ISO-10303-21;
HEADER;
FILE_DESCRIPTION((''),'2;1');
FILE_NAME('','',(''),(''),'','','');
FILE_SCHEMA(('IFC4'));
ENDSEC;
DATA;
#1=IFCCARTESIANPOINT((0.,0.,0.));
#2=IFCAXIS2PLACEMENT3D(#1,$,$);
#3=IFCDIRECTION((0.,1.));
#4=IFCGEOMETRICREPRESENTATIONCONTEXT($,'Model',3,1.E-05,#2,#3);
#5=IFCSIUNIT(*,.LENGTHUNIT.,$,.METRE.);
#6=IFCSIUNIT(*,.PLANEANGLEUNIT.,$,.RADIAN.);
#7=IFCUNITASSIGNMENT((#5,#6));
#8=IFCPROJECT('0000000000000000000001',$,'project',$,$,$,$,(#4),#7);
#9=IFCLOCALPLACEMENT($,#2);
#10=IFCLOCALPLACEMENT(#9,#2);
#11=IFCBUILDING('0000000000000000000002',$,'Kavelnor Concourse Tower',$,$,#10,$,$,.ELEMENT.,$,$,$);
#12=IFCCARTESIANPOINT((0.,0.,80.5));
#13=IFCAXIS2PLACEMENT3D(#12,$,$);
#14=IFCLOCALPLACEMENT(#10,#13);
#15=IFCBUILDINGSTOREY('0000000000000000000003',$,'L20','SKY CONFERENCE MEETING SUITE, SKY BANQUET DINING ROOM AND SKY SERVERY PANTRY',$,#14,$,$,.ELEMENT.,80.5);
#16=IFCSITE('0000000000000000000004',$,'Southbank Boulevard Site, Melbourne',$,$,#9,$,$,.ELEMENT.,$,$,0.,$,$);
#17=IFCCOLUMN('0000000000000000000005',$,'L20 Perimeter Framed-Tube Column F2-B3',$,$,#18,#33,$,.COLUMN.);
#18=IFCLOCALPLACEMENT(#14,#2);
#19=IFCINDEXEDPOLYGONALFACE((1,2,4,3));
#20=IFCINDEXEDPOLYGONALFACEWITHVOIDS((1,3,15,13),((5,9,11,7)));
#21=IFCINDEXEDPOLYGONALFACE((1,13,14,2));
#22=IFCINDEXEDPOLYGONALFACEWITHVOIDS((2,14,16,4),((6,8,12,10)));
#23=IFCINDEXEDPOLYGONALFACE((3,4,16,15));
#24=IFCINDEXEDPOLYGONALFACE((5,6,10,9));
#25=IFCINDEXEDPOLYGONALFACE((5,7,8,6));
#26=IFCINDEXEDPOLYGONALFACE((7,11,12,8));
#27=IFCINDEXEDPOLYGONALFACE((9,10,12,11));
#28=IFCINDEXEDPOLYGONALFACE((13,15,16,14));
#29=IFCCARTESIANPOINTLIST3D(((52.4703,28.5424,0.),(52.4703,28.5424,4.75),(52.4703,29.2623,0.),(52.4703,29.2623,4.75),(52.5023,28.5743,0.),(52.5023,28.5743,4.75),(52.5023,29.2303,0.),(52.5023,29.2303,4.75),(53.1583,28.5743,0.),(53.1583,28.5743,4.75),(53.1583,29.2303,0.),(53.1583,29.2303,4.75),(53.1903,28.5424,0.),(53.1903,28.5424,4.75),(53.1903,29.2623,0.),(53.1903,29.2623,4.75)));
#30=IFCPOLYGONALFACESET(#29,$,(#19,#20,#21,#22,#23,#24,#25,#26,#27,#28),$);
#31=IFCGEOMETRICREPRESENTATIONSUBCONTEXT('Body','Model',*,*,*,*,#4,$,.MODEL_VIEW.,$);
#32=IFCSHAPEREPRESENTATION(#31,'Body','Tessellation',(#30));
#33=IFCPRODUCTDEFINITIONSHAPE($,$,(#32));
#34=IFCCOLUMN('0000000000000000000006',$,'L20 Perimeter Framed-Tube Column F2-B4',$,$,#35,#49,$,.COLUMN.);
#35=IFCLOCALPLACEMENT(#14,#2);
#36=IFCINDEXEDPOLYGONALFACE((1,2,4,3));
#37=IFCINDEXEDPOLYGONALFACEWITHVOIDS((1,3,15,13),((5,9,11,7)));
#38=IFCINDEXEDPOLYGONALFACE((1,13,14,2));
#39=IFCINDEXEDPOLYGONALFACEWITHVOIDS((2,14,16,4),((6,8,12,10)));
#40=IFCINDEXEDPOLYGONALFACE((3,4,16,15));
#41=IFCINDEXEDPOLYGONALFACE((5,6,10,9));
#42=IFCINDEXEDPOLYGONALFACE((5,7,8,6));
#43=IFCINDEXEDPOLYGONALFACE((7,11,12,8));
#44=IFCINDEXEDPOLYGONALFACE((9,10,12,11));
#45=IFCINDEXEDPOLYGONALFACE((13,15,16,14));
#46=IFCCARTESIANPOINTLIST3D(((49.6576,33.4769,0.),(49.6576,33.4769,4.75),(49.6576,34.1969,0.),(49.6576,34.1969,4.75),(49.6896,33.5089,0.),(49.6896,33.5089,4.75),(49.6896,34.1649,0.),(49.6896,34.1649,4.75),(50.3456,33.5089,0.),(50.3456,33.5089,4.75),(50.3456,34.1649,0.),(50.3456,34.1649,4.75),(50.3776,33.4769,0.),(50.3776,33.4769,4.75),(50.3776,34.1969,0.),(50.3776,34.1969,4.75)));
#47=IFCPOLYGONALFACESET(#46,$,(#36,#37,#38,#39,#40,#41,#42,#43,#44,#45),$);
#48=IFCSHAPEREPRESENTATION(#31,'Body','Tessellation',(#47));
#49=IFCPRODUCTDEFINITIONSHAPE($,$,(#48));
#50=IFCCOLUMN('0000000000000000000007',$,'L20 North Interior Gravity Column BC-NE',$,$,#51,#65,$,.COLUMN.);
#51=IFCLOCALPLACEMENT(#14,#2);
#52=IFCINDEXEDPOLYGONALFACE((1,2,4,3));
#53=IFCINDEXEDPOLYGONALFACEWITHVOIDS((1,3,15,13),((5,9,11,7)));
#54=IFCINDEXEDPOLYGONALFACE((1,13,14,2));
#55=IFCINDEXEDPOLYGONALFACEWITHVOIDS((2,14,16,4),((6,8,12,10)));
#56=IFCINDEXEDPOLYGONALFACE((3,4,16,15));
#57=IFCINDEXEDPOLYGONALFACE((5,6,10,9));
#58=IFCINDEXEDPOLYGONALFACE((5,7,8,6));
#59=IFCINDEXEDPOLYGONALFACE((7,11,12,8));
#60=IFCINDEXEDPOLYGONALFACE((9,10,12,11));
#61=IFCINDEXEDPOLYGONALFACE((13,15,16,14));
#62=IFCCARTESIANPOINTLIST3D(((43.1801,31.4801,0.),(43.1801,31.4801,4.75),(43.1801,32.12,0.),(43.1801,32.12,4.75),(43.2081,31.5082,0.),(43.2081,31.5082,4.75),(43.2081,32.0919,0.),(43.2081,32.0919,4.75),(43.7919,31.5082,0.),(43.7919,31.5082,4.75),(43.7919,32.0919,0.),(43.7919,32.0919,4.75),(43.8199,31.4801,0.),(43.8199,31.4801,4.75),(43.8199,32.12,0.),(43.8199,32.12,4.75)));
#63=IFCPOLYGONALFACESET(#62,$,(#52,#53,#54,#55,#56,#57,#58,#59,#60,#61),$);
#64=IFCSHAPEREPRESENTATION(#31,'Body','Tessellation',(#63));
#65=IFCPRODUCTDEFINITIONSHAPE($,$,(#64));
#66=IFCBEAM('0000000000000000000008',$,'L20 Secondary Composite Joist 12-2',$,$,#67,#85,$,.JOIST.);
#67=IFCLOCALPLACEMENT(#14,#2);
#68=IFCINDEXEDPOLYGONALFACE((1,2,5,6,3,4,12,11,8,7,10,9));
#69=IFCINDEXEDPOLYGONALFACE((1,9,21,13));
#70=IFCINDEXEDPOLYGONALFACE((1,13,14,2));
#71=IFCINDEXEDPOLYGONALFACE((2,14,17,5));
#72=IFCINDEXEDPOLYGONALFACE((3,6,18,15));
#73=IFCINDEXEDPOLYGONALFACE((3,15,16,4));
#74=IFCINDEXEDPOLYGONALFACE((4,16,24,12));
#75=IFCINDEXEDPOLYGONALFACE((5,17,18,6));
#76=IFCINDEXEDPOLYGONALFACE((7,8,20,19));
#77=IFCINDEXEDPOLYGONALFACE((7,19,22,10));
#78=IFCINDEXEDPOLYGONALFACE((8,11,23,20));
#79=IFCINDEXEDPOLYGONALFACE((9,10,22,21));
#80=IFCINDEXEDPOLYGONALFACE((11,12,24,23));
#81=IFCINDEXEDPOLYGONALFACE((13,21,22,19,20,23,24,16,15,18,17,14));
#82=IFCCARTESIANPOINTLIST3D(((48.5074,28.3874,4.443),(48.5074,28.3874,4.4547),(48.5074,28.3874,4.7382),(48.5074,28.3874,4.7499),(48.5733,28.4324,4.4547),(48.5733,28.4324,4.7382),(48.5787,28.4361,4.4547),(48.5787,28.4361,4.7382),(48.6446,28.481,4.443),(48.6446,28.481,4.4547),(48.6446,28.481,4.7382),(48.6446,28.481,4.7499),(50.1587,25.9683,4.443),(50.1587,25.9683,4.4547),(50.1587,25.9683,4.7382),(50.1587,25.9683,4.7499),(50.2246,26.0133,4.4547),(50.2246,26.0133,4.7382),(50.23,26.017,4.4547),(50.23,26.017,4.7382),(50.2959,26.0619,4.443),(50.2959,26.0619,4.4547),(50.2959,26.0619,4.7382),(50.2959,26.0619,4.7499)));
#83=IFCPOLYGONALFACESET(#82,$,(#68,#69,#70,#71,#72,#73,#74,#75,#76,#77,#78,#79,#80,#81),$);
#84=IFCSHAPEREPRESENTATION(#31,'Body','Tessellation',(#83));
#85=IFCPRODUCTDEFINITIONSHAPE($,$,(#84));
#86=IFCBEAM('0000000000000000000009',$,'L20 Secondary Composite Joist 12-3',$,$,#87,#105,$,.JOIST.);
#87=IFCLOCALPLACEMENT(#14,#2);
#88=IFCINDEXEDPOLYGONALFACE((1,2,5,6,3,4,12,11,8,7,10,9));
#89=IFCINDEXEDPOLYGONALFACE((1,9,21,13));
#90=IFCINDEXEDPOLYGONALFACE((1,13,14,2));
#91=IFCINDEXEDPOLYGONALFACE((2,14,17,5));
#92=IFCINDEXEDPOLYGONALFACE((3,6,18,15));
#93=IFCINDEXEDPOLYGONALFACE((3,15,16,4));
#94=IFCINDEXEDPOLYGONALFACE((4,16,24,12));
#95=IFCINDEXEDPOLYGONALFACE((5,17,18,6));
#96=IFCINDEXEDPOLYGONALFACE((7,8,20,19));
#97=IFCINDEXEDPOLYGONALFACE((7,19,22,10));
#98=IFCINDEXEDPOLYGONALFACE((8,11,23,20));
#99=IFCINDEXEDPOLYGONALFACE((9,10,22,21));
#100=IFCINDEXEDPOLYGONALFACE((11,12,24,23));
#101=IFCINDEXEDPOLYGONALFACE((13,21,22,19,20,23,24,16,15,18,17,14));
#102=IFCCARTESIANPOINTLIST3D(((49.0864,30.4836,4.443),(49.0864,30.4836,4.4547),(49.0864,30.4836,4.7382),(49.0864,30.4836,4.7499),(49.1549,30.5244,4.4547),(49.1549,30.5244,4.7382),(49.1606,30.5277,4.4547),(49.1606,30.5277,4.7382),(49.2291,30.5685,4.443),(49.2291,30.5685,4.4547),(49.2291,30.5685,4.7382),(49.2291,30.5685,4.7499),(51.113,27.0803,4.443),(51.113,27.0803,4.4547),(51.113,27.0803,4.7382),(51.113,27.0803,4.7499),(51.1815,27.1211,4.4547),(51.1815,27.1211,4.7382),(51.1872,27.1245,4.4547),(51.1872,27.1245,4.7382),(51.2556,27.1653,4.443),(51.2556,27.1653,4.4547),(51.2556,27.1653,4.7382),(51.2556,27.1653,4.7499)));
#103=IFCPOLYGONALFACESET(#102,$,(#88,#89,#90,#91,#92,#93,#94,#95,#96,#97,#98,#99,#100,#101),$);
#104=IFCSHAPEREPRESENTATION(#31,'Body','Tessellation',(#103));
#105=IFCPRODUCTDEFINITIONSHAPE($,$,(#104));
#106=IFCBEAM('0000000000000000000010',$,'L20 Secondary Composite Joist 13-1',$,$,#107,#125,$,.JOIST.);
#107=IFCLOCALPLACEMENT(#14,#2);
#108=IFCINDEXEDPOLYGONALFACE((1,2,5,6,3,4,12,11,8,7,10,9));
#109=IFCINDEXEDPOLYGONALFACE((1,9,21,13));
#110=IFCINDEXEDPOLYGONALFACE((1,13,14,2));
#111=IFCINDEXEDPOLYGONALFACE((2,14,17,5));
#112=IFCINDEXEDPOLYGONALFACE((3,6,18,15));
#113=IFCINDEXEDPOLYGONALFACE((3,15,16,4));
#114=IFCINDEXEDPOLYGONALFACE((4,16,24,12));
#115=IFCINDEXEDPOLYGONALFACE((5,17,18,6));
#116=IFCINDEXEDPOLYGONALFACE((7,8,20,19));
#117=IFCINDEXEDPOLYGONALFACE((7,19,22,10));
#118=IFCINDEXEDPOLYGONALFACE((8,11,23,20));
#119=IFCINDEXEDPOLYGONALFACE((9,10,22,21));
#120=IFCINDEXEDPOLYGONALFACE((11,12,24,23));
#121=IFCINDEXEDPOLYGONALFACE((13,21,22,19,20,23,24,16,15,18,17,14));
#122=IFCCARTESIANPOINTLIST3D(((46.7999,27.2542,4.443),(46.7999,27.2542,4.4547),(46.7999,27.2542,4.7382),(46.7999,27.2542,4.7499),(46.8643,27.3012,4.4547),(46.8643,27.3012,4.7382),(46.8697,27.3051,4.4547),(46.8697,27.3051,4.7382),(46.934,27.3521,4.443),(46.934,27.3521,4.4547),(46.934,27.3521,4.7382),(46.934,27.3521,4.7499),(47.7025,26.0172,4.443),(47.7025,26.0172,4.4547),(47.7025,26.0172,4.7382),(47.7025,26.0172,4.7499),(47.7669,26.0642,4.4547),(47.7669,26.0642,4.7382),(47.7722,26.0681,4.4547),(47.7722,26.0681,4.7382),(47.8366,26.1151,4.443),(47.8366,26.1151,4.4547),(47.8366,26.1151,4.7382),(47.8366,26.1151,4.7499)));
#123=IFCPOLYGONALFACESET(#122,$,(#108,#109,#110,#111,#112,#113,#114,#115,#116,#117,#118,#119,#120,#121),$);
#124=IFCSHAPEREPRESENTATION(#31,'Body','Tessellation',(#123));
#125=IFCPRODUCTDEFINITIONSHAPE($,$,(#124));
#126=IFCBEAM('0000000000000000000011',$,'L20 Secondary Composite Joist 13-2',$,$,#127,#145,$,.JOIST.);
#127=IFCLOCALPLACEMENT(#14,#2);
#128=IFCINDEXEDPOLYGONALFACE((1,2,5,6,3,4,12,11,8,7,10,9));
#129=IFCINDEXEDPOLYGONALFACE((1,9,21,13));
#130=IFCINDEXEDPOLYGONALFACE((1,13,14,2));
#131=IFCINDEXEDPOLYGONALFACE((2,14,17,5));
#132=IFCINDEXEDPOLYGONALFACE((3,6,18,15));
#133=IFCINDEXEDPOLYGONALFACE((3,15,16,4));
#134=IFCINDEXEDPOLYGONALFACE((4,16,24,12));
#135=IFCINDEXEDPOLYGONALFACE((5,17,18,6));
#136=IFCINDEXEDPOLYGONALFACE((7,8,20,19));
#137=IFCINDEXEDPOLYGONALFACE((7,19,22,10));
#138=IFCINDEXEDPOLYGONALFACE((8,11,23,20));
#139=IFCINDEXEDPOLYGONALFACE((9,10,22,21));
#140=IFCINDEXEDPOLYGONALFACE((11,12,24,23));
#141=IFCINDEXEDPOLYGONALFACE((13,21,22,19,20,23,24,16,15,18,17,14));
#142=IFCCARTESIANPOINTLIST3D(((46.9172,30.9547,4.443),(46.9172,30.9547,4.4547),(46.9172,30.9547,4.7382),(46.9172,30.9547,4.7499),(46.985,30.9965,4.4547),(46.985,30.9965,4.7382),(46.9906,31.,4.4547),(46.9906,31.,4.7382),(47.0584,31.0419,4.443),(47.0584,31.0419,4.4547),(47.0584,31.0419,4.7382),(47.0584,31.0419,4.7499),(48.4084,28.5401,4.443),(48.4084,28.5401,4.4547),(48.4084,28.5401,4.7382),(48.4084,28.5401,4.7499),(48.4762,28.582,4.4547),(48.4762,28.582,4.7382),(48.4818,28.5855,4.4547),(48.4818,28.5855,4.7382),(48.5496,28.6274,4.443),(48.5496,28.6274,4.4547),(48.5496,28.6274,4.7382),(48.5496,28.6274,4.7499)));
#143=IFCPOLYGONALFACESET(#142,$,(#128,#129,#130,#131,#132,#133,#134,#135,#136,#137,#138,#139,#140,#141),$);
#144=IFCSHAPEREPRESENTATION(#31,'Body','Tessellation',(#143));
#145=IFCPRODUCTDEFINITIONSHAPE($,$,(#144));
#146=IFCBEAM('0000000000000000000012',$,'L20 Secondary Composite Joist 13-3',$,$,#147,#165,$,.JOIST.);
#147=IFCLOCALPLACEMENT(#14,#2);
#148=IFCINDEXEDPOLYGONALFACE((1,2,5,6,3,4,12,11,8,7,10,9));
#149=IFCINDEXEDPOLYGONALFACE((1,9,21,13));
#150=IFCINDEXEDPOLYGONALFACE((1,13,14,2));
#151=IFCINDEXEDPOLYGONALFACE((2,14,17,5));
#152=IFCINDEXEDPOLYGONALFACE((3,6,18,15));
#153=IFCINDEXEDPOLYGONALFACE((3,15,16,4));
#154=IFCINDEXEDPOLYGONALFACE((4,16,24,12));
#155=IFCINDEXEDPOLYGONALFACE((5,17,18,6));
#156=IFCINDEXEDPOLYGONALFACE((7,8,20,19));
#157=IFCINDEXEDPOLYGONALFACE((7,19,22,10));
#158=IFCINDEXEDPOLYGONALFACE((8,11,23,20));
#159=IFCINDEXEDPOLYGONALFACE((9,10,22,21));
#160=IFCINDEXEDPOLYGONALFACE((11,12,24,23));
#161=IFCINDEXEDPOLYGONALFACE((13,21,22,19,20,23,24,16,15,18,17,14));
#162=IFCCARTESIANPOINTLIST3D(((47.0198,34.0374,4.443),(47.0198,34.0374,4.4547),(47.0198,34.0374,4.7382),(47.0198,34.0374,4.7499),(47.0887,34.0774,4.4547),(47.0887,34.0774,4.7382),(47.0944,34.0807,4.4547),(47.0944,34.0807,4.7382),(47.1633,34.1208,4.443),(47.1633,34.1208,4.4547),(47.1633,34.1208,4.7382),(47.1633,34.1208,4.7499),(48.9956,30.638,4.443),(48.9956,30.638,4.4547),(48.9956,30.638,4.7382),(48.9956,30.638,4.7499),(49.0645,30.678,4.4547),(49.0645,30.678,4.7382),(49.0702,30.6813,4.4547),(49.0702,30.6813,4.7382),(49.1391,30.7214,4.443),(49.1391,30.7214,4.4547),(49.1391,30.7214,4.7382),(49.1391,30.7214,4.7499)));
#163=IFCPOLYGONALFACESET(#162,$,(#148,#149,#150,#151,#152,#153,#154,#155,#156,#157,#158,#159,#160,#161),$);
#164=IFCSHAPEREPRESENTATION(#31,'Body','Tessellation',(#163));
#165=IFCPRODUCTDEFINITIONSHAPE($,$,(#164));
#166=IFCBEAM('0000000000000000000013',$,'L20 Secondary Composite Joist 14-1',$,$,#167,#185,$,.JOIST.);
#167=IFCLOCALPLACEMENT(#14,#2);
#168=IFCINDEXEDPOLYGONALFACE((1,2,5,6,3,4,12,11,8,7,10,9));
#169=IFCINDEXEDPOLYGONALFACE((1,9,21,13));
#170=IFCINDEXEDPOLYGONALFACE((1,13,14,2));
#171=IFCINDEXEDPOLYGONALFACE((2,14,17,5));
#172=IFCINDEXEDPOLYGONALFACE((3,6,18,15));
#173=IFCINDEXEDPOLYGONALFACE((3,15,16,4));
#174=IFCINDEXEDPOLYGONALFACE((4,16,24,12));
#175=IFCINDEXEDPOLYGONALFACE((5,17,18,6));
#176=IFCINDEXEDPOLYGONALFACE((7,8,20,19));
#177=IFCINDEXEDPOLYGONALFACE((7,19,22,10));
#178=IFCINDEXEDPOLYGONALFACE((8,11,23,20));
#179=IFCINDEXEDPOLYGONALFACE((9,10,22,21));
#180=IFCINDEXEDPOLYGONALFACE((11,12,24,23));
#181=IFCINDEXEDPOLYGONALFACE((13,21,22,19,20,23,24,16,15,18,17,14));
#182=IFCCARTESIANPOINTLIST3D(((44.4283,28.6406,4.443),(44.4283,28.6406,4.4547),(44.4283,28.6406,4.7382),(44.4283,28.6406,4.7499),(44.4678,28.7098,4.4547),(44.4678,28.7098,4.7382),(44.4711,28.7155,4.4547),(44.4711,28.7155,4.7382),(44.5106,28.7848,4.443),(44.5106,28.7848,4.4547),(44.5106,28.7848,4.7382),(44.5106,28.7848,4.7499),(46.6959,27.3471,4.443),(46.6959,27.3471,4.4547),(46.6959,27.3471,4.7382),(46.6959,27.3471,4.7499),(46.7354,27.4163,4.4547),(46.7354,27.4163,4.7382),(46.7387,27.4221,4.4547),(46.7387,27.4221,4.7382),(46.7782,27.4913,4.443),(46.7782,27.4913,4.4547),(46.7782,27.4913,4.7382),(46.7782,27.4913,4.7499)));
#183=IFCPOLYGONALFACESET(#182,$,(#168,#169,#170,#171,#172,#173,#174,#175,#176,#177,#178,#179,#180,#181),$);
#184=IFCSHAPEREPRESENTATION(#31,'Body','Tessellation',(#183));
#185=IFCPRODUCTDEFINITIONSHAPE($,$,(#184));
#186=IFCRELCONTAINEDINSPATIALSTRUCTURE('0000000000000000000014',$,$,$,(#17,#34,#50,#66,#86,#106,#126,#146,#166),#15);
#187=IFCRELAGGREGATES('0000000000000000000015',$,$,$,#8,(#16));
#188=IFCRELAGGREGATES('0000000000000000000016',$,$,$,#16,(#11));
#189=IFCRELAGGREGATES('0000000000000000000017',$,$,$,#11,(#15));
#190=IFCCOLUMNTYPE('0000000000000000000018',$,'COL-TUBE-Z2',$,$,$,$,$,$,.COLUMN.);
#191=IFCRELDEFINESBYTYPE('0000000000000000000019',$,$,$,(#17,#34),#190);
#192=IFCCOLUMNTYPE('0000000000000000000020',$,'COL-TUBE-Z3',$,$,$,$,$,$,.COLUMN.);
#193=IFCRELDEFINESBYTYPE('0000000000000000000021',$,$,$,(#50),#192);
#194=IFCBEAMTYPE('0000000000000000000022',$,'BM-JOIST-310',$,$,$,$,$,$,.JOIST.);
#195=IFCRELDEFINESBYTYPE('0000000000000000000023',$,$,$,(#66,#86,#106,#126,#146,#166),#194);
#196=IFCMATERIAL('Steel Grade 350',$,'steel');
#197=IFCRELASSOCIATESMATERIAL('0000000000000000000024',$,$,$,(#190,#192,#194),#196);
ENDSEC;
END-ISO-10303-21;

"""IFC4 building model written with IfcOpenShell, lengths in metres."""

from ifc_helpers import new_model, si_unit, direction, frame, origin, origin_2d, place, context, subcontext, project, spatial, hollow_rectangle, i_section, extrude, material, material_profile, profile_set, type_object, element, save


model = new_model("IFC4")

# Units and contexts
model_context = context("Model", 3, precision=1e-05, world=origin(), true_north=direction((0.0, 1.0)))
body_context = subcontext(model_context, "Body", "Model", "MODEL_VIEW")
ifc_project = project(units=[si_unit("LENGTHUNIT", "METRE"), si_unit("PLANEANGLEUNIT", "RADIAN")], contexts=[model_context])

# Site, building, storey
site_placement = place(None, origin())
site = spatial("IfcSite", under=ifc_project, at=site_placement, Name="Southbank Boulevard Site, Melbourne", CompositionType="ELEMENT", RefElevation=0.0)
building_placement = place(site_placement, origin())
building = spatial("IfcBuilding", under=site, at=building_placement, Name="Kavelnor Concourse Tower", CompositionType="ELEMENT")
storey_placement = place(building_placement, frame((0.0, 0.0, 80.5)))
storey = spatial("IfcBuildingStorey", under=building, at=storey_placement, Name="L20", Description="SKY CONFERENCE MEETING SUITE, SKY BANQUET DINING ROOM AND SKY SERVERY PANTRY", CompositionType="ELEMENT", Elevation=80.5)

# Columns
ifc_material_1 = material(Name="Steel Grade 350", Category="steel")
ifc_material_profile_1 = material_profile(ifc_material_1, hollow_rectangle(XDim=0.72, YDim=0.72, WallThickness=0.032, at=origin_2d()), Name="SHS 720x720x32")
ifc_profile_set_1 = profile_set([ifc_material_profile_1], Name="Steel Grade 350")
column_type_1 = type_object("IfcColumnType", Name="COL-TUBE-Z2", PredefinedType="COLUMN", material=ifc_profile_set_1)
for number, where, z_axis, x_axis, name in (
    (1, (52.8303, 28.9023, 0.0), (0.0, 0.0, 1.0), (1.0, 0.0, 0.0), "L20 Perimeter Framed-Tube Column F2-B3"),
    (2, (50.0176, 33.8369, 0.0), (0.0, 0.0, 1.0), (1.0, 0.0, 0.0), "L20 Perimeter Framed-Tube Column F2-B4"),
):
    element("IfcColumn", number, at=place(storey_placement, frame(where, z_axis=z_axis, x_axis=x_axis)), inside=storey, type_object=column_type_1, Name=name, PredefinedType="COLUMN", context=body_context, shape_type="SweptSolid", body=[
        extrude(hollow_rectangle(XDim=0.72, YDim=0.72, WallThickness=0.032, at=origin_2d()), origin(), (0.0, 0.0, 1.0), 4.75),
    ])
ifc_material_profile_2 = material_profile(ifc_material_1, hollow_rectangle(XDim=0.6399, YDim=0.6399, WallThickness=0.0281, at=origin_2d()), Name="SHS 640x640x28")
ifc_profile_set_2 = profile_set([ifc_material_profile_2], Name="Steel Grade 350")
column_type_2 = type_object("IfcColumnType", Name="COL-TUBE-Z3", PredefinedType="COLUMN", material=ifc_profile_set_2)
column_placement = place(storey_placement, frame((43.5, 31.8, 0.0), z_axis=(0.0, 0.0, 1.0), x_axis=(1.0, 0.0, 0.0)))
element("IfcColumn", 3, at=column_placement, inside=storey, type_object=column_type_2, Name="L20 North Interior Gravity Column BC-NE", PredefinedType="COLUMN", context=body_context, shape_type="SweptSolid", body=[
    extrude(hollow_rectangle(XDim=0.6399, YDim=0.6399, WallThickness=0.0281, at=origin_2d()), origin(), (0.0, 0.0, 1.0), 4.75),
])

# Beams
ifc_material_profile_3 = material_profile(ifc_material_1, i_section(OverallWidth=0.166, OverallDepth=0.3069, WebThickness=0.0066, FlangeThickness=0.0117, at=origin_2d()), Name="310UB46")
ifc_profile_set_3 = profile_set([ifc_material_profile_3], Name="Steel Grade 350")
beam_type_1 = type_object("IfcBeamType", Name="BM-JOIST-310", PredefinedType="JOIST", material=ifc_profile_set_3)
beam_1_placement = place(storey_placement, frame((50.2273, 26.0151, 4.5964), z_axis=(-0.563784, 0.825922, 0.0), x_axis=(-0.825922, -0.563784, 0.0)))
element("IfcBeam", 4, at=beam_1_placement, inside=storey, type_object=beam_type_1, Name="L20 Secondary Composite Joist 12-2", PredefinedType="JOIST", context=body_context, shape_type="SweptSolid", body=[
    extrude(i_section(OverallWidth=0.166, OverallDepth=0.3069, WebThickness=0.0066, FlangeThickness=0.0117, at=origin_2d()), origin(), (0.0, 0.0, 1.0), 2.929),
])
beam_2_placement = place(storey_placement, frame((51.1843, 27.1228, 4.5964), z_axis=(-0.511638, 0.859201, 0.0), x_axis=(-0.859201, -0.511638, 0.0)))
element("IfcBeam", 5, at=beam_2_placement, inside=storey, type_object=beam_type_1, Name="L20 Secondary Composite Joist 12-3", PredefinedType="JOIST", context=body_context, shape_type="SweptSolid", body=[
    extrude(i_section(OverallWidth=0.166, OverallDepth=0.3069, WebThickness=0.0066, FlangeThickness=0.0117, at=origin_2d()), origin(), (0.0, 0.0, 1.0), 3.9609),
])
beam_3_placement = place(storey_placement, frame((47.7695, 26.0662, 4.5964), z_axis=(-0.589413, 0.807832, 0.0), x_axis=(-0.807832, -0.589413, 0.0)))
element("IfcBeam", 6, at=beam_3_placement, inside=storey, type_object=beam_type_1, Name="L20 Secondary Composite Joist 13-1", PredefinedType="JOIST", context=body_context, shape_type="SweptSolid", body=[
    extrude(i_section(OverallWidth=0.166, OverallDepth=0.3069, WebThickness=0.0066, FlangeThickness=0.0117, at=origin_2d()), origin(), (0.0, 0.0, 1.0), 1.5312),
])
beam_4_placement = place(storey_placement, frame((48.479, 28.5837, 4.5964), z_axis=(-0.52546, 0.850818, 0.0), x_axis=(-0.850818, -0.52546, 0.0)))
element("IfcBeam", 7, at=beam_4_placement, inside=storey, type_object=beam_type_1, Name="L20 Secondary Composite Joist 13-2", PredefinedType="JOIST", context=body_context, shape_type="SweptSolid", body=[
    extrude(i_section(OverallWidth=0.166, OverallDepth=0.3069, WebThickness=0.0066, FlangeThickness=0.0117, at=origin_2d()), origin(), (0.0, 0.0, 1.0), 2.8379),
])
beam_5_placement = place(storey_placement, frame((49.0674, 30.6797, 4.5964), z_axis=(-0.502511, 0.864571, 0.0), x_axis=(-0.864571, -0.502511, 0.0)))
element("IfcBeam", 8, at=beam_5_placement, inside=storey, type_object=beam_type_1, Name="L20 Secondary Composite Joist 13-3", PredefinedType="JOIST", context=body_context, shape_type="SweptSolid", body=[
    extrude(i_section(OverallWidth=0.166, OverallDepth=0.3069, WebThickness=0.0066, FlangeThickness=0.0117, at=origin_2d()), origin(), (0.0, 0.0, 1.0), 3.9319),
])
beam_6_placement = place(storey_placement, frame((46.7371, 27.4192, 4.5964), z_axis=(-0.868623, 0.495474, 0.0), x_axis=(-0.495474, -0.868623, 0.0)))
element("IfcBeam", 9, at=beam_6_placement, inside=storey, type_object=beam_type_1, Name="L20 Secondary Composite Joist 14-1", PredefinedType="JOIST", context=body_context, shape_type="SweptSolid", body=[
    extrude(i_section(OverallWidth=0.166, OverallDepth=0.3069, WebThickness=0.0066, FlangeThickness=0.0117, at=origin_2d()), origin(), (0.0, 0.0, 1.0), 2.6106),
])

save(model, "model.ifc")
